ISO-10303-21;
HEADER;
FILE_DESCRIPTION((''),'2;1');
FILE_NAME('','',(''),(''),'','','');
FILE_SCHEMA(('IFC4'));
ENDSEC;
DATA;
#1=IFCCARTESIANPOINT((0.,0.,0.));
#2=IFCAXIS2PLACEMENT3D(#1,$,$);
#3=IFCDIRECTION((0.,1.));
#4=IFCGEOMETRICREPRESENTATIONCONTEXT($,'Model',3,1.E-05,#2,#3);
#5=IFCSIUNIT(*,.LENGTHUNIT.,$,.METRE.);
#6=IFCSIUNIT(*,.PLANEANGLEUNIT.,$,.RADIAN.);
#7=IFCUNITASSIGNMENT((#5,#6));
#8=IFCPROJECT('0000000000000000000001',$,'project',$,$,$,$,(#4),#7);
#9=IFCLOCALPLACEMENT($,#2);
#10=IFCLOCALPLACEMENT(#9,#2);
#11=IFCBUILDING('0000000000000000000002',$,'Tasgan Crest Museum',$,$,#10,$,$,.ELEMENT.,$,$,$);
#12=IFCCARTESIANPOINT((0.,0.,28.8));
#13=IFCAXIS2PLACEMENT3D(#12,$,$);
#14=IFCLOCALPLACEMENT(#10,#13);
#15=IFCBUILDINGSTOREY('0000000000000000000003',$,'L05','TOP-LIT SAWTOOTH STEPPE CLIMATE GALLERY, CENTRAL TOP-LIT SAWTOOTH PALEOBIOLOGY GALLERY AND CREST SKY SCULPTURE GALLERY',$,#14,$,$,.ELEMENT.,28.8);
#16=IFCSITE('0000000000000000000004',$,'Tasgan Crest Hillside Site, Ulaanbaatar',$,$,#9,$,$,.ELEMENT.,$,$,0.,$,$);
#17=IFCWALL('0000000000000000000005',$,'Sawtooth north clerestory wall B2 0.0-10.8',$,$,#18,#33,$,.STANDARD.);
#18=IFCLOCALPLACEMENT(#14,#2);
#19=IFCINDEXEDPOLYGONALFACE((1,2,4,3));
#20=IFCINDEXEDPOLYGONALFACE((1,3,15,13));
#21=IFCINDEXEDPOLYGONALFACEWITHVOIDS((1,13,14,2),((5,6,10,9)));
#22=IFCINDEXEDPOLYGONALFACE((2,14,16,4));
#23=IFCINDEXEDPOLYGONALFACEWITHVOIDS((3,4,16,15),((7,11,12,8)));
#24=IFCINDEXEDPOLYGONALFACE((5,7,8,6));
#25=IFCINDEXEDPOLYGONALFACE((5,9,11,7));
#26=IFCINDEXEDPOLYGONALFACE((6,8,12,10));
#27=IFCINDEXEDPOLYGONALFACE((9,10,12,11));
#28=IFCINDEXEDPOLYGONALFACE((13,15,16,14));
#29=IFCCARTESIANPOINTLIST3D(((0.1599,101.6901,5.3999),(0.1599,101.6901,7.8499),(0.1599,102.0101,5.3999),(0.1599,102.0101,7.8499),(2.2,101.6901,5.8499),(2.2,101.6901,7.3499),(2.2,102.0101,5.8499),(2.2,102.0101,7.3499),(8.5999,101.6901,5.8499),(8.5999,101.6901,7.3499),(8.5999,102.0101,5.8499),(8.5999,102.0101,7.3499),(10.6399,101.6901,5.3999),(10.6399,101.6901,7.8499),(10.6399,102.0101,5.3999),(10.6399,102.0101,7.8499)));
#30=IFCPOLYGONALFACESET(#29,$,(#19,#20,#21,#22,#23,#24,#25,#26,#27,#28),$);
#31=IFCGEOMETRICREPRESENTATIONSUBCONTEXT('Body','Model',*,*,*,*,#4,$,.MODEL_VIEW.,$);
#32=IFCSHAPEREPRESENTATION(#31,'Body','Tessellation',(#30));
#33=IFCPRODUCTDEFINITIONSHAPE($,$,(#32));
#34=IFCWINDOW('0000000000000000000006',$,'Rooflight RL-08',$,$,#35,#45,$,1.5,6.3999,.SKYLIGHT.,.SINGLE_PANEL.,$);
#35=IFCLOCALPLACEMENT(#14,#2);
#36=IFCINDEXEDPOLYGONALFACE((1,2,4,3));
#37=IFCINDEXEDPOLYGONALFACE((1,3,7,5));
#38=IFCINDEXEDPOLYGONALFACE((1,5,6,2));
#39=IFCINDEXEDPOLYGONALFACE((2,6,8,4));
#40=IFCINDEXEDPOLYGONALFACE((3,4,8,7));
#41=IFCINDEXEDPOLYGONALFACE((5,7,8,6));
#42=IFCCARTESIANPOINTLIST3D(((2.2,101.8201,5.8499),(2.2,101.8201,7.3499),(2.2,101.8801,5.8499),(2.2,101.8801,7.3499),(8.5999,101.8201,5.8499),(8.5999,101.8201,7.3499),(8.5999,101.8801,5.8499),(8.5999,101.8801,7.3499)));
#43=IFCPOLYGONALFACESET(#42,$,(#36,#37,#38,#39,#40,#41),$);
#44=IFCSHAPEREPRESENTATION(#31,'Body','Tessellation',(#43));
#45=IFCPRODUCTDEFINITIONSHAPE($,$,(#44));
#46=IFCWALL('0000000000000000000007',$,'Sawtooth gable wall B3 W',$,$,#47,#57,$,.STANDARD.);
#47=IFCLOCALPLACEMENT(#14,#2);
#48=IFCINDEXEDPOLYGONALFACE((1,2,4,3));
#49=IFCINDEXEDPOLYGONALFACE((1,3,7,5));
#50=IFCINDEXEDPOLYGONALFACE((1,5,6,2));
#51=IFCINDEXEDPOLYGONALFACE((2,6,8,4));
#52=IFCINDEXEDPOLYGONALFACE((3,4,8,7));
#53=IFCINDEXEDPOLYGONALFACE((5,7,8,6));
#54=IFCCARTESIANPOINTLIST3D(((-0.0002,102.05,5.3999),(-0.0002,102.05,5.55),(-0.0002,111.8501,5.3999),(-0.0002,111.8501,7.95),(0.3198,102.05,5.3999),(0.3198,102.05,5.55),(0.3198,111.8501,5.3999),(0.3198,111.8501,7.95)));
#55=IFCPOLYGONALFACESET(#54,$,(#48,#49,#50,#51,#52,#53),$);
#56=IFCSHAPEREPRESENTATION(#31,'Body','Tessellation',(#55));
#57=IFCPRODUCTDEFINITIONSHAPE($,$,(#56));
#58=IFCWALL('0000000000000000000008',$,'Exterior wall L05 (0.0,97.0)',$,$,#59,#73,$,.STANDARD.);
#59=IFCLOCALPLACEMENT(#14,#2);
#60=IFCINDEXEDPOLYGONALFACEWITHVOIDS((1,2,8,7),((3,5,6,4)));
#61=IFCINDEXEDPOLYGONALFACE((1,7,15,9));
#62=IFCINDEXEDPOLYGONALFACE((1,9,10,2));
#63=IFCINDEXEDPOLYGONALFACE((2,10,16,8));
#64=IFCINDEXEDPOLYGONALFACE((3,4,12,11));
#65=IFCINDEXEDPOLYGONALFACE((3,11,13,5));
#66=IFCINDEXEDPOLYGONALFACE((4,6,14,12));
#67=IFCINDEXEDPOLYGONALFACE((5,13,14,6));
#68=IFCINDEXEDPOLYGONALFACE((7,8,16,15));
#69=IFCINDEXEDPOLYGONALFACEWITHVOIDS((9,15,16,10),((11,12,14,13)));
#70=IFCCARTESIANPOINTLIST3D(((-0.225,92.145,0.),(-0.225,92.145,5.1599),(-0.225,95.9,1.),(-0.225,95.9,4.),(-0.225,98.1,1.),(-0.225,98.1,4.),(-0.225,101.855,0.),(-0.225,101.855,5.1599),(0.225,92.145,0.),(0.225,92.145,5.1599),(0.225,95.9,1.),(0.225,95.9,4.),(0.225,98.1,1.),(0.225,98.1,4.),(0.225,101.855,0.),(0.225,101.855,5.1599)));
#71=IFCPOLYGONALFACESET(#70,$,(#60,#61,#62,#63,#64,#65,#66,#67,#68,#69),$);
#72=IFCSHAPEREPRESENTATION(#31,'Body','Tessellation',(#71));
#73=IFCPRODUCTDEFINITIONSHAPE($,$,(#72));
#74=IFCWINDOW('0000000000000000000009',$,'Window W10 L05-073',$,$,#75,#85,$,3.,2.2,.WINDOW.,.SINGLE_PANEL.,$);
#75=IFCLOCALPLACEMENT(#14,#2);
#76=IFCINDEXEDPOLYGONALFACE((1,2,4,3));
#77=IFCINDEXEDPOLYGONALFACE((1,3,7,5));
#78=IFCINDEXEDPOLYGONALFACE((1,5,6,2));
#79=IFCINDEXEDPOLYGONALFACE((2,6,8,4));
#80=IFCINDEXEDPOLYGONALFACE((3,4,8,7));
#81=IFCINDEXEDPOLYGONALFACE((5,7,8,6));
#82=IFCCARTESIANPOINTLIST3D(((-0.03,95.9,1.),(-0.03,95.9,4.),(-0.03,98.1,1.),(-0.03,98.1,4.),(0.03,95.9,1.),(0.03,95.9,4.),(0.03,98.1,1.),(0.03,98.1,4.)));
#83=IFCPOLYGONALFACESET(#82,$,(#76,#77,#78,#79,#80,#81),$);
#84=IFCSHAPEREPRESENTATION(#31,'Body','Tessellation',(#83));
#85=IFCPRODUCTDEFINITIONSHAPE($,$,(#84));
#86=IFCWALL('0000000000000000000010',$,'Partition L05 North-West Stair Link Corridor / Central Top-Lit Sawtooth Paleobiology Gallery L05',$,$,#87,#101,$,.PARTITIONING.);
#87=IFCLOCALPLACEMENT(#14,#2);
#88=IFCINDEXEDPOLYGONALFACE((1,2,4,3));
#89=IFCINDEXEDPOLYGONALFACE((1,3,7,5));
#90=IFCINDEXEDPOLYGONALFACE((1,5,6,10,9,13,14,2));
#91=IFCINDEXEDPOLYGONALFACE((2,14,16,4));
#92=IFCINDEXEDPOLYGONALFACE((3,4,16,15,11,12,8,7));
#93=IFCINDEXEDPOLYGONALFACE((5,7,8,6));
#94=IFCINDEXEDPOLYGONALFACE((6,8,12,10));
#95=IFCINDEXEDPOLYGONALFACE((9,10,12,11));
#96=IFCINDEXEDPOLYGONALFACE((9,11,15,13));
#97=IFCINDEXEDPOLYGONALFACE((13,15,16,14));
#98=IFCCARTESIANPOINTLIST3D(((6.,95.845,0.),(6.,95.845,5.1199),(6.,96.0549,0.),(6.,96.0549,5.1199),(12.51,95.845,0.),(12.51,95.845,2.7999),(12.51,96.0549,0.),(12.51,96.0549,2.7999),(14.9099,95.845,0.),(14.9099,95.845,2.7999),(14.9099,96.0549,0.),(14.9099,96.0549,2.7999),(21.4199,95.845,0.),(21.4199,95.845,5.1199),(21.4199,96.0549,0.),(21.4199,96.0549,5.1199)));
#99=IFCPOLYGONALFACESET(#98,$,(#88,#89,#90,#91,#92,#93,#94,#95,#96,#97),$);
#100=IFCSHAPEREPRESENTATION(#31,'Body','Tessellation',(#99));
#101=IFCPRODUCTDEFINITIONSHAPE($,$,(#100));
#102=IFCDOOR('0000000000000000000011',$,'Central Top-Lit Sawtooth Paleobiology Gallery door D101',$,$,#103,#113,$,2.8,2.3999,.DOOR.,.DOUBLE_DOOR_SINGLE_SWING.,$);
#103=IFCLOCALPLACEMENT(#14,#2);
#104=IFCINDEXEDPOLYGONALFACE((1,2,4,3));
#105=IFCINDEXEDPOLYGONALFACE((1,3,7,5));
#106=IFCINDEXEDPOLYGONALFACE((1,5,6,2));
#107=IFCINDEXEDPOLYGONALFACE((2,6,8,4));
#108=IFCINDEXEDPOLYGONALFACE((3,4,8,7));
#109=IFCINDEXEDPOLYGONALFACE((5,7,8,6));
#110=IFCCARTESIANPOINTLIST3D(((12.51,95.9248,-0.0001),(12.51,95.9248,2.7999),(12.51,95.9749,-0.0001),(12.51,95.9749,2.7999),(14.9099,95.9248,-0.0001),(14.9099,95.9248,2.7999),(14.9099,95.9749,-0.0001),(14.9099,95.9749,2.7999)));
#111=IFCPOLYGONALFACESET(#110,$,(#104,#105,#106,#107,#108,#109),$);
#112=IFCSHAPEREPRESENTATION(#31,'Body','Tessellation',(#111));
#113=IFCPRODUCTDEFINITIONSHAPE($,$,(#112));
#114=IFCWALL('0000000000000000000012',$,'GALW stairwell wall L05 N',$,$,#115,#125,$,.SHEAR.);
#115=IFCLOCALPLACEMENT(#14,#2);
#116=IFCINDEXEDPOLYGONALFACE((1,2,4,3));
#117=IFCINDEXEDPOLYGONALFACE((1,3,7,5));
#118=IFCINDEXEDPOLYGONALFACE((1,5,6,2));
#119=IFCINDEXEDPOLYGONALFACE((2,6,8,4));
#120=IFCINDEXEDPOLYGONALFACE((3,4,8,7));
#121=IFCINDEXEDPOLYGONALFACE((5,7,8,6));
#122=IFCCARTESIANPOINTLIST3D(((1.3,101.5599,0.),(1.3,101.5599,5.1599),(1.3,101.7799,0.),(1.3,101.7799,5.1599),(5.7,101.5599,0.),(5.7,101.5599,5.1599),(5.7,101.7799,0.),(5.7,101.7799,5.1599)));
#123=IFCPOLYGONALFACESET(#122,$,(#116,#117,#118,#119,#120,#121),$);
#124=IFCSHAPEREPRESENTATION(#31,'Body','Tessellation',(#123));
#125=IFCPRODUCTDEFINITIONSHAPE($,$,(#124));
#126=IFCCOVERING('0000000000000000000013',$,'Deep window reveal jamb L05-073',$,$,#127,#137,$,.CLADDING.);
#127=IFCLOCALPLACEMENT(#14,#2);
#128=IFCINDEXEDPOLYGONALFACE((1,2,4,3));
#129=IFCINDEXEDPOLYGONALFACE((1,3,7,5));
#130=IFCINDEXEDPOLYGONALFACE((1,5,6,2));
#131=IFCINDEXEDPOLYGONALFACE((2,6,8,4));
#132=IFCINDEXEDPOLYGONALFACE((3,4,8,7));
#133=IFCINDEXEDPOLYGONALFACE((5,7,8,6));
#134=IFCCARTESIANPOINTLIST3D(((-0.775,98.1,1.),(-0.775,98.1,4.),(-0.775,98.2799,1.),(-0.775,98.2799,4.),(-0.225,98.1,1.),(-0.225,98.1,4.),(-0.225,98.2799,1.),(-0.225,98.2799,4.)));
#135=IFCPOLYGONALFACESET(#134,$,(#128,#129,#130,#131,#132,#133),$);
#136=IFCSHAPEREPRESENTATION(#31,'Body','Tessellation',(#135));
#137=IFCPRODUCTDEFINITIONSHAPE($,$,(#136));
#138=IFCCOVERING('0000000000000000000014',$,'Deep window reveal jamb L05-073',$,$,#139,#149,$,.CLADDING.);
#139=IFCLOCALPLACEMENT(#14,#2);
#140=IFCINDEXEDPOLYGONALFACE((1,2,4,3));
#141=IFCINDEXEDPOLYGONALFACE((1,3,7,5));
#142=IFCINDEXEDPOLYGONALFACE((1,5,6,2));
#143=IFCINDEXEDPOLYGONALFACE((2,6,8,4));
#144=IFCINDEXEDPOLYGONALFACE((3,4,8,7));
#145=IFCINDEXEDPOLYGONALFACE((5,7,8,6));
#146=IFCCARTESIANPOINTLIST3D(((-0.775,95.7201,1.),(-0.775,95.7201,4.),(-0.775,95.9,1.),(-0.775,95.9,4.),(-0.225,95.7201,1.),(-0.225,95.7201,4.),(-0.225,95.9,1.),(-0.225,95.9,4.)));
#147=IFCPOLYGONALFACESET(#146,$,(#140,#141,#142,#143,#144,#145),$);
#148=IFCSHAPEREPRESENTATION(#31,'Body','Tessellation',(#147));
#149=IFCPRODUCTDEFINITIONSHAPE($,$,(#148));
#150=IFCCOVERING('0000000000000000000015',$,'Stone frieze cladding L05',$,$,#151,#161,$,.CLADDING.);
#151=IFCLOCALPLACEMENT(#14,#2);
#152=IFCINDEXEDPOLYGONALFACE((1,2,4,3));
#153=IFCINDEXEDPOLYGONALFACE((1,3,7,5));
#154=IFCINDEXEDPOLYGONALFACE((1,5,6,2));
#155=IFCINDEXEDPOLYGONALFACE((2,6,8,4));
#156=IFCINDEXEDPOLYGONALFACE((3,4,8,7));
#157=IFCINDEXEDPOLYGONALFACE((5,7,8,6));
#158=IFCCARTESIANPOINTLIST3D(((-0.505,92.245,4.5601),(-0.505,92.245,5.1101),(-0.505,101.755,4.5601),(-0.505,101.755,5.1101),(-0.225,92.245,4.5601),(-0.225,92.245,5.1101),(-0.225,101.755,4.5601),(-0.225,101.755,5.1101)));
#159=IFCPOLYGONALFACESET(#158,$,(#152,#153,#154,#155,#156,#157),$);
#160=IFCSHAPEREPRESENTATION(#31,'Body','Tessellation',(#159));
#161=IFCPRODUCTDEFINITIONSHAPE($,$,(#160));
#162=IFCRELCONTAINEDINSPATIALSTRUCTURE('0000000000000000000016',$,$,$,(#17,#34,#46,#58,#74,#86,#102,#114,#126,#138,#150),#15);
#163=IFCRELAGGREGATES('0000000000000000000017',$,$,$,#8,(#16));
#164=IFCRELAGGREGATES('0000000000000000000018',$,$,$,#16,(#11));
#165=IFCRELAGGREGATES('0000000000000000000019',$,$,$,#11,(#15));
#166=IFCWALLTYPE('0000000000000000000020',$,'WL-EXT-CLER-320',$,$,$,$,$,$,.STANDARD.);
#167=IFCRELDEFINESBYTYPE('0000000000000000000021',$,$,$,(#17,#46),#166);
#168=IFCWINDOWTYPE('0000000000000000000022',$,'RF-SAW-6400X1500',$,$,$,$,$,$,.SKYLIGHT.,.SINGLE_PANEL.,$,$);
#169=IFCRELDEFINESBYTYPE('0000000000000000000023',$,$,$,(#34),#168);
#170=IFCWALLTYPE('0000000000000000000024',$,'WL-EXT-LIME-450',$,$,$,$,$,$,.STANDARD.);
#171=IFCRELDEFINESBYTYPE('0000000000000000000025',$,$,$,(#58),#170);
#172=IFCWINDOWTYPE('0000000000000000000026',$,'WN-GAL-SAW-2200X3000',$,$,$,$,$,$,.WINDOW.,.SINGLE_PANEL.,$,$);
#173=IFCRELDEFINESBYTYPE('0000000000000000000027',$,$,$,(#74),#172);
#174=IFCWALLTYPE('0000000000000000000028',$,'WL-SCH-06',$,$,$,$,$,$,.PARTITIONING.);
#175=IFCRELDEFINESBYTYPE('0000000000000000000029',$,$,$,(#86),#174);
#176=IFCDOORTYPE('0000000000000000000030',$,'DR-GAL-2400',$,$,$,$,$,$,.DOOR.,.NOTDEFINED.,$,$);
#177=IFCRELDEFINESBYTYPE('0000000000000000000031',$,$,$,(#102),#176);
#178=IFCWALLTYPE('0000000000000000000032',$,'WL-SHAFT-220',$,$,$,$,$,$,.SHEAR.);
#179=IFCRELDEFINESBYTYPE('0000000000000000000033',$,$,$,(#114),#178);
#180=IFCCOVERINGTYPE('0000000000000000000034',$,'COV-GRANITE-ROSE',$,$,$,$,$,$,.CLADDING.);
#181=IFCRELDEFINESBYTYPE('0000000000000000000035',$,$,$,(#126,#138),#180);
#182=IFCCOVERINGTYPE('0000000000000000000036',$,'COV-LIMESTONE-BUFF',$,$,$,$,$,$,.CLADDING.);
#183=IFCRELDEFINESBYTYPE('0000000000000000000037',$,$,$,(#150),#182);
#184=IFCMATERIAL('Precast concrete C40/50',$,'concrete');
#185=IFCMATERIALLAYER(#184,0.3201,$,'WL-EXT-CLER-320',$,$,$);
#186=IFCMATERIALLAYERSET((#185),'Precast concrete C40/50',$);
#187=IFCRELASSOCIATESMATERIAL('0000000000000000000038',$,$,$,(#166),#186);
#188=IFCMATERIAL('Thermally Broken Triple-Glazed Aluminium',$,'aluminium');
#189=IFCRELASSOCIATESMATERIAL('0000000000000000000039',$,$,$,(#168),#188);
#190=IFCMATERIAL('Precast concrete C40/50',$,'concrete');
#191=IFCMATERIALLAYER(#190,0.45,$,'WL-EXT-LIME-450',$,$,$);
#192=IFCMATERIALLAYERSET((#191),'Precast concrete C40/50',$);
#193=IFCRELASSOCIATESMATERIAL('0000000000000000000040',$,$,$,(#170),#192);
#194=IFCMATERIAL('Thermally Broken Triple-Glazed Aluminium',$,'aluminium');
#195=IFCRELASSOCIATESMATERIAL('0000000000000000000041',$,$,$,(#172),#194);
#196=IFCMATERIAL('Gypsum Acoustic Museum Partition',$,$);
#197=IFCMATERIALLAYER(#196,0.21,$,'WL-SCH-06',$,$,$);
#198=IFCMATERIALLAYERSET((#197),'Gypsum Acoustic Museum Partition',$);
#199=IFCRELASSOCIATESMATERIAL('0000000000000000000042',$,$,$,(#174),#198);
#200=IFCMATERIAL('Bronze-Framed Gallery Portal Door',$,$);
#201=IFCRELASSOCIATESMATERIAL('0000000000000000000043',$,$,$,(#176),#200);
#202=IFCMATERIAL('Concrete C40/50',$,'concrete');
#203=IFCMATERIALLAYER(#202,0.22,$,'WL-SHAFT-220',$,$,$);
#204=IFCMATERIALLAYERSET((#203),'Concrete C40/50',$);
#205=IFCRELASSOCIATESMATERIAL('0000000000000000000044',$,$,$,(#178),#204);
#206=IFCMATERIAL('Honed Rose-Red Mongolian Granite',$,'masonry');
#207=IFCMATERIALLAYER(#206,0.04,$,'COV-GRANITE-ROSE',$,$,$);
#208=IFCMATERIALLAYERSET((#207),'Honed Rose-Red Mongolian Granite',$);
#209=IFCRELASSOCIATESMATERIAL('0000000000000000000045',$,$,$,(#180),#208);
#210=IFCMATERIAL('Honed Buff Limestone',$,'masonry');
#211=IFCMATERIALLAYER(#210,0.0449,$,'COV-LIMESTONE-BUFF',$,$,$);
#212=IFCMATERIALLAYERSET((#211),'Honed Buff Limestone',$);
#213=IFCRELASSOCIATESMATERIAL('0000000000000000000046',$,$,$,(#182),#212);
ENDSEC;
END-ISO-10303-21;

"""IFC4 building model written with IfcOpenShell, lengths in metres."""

from ifc_helpers import new_model, si_unit, direction, frame, frame_2d, origin, origin_2d, place, context, subcontext, project, spatial, polyline, rectangle, outline, extrude, material, layer, layer_set, type_object, element, fill, save


model = new_model("IFC4")

# Units and contexts
model_context = context("Model", 3, precision=1e-05, world=origin(), true_north=direction((0.0, 1.0)))
body_context = subcontext(model_context, "Body", "Model", "MODEL_VIEW")
ifc_project = project(units=[si_unit("LENGTHUNIT", "METRE"), si_unit("PLANEANGLEUNIT", "RADIAN")], contexts=[model_context])

# Site, building, storey
site_placement = place(None, origin())
site = spatial("IfcSite", under=ifc_project, at=site_placement, Name="Tasgan Crest Hillside Site, Ulaanbaatar", CompositionType="ELEMENT", RefElevation=0.0)
building_placement = place(site_placement, origin())
building = spatial("IfcBuilding", under=site, at=building_placement, Name="Tasgan Crest Museum", CompositionType="ELEMENT")
storey_placement = place(building_placement, frame((0.0, 0.0, 28.8)))
storey = spatial("IfcBuildingStorey", under=building, at=storey_placement, Name="L05", Description="TOP-LIT SAWTOOTH STEPPE CLIMATE GALLERY, CENTRAL TOP-LIT SAWTOOTH PALEOBIOLOGY GALLERY AND CREST SKY SCULPTURE GALLERY", CompositionType="ELEMENT", Elevation=28.8)

# Wall, opening, window
ifc_material_1 = material(Name="Precast concrete C40/50", Category="concrete")
ifc_layer_1 = layer(ifc_material_1, 0.3201, Name="WL-EXT-CLER-320")
ifc_layer_set_1 = layer_set([ifc_layer_1], Name="Precast concrete C40/50")
wall_type_1 = type_object("IfcWallType", Name="WL-EXT-CLER-320", PredefinedType="STANDARD", material=ifc_layer_set_1)
wall_1_placement = place(storey_placement, frame((0.1599, 101.8501, 5.3999), z_axis=(0.0, 0.0, 1.0), x_axis=(1.0, 0.0, 0.0)))
wall_1 = element("IfcWall", 1, at=wall_1_placement, inside=storey, type_object=wall_type_1, Name="Sawtooth north clerestory wall B2 0.0-10.8", PredefinedType="STANDARD", context=body_context, shape_type="SweptSolid", body=[
    extrude(rectangle(XDim=10.48, YDim=0.3201, at=frame_2d((5.24, 0.0))), origin(), (0.0, 0.0, 1.0), 2.45),
])
opening_1_placement = place(wall_1_placement, frame((2.04, 0.0, 0.45)))
opening_1 = element("IfcOpeningElement", 2, at=opening_1_placement, cuts=wall_1, PredefinedType="OPENING", context=body_context, shape_type="SweptSolid", body=[
    extrude(rectangle(XDim=6.3999, YDim=1.5, at=frame_2d((3.2, 0.75))), frame((0.0, 0.1699, 0.0), z_axis=(0.0, -1.0, 0.0), x_axis=(1.0, 0.0, 0.0)), (0.0, 0.0, 1.0), 0.3401),
])
ifc_material_2 = material(Name="Thermally Broken Triple-Glazed Aluminium", Category="aluminium")
window_type_1 = type_object("IfcWindowType", Name="RF-SAW-6400X1500", PartitioningType="SINGLE_PANEL", PredefinedType="SKYLIGHT", material=ifc_material_2)
window_1_placement = place(opening_1_placement, origin())
window_1 = element("IfcWindow", 3, at=window_1_placement, inside=storey, type_object=window_type_1, Name="Rooflight RL-08", OverallHeight=1.5, OverallWidth=6.3999, PartitioningType="SINGLE_PANEL", PredefinedType="SKYLIGHT", context=body_context, shape_type="SweptSolid", body=[
    extrude(rectangle(XDim=6.3999, YDim=1.5, at=frame_2d((3.2, 0.75))), frame((0.0, 0.03, 0.0), z_axis=(0.0, -1.0, 0.0), x_axis=(1.0, 0.0, 0.0)), (0.0, 0.0, 1.0), 0.0601),
])
fill(opening_1, window_1)

# Wall
wall_2_placement = place(storey_placement, frame((0.1599, 102.05, 5.3999), z_axis=(0.0, 0.0, 1.0), x_axis=(0.0, 1.0, 0.0)))
element("IfcWall", 4, at=wall_2_placement, inside=storey, type_object=wall_type_1, Name="Sawtooth gable wall B3 W", PredefinedType="STANDARD", context=body_context, shape_type="SweptSolid", body=[
    extrude(outline(polyline([(0.0, 0.0), (9.8, 0.0), (9.8, 2.55), (0.0, 0.1501), (0.0, 0.0)])), frame((0.0, 0.1602, 0.0), z_axis=(0.0, -1.0, 0.0), x_axis=(1.0, 0.0, 0.0)), (0.0, 0.0, 1.0), 0.3201),
])

# Wall, opening, window
ifc_material_3 = material(Name="Precast concrete C40/50", Category="concrete")
ifc_layer_2 = layer(ifc_material_3, 0.45, Name="WL-EXT-LIME-450")
ifc_layer_set_2 = layer_set([ifc_layer_2], Name="Precast concrete C40/50")
wall_type_2 = type_object("IfcWallType", Name="WL-EXT-LIME-450", PredefinedType="STANDARD", material=ifc_layer_set_2)
wall_3_placement = place(storey_placement, frame((0.0, 101.855, 0.0), z_axis=(0.0, 0.0, 1.0), x_axis=(0.0, -1.0, 0.0)))
wall_3 = element("IfcWall", 5, at=wall_3_placement, inside=storey, type_object=wall_type_2, Name="Exterior wall L05 (0.0,97.0)", PredefinedType="STANDARD", context=body_context, shape_type="SweptSolid", body=[
    extrude(rectangle(XDim=9.71, YDim=0.45, at=frame_2d((4.855, 0.0))), origin(), (0.0, 0.0, 1.0), 5.1599),
])
opening_2_placement = place(wall_3_placement, frame((3.7549, 0.0, 1.0)))
opening_2 = element("IfcOpeningElement", 6, at=opening_2_placement, cuts=wall_3, PredefinedType="OPENING", context=body_context, shape_type="SweptSolid", body=[
    extrude(rectangle(XDim=2.2, YDim=3.0, at=frame_2d((1.1001, 1.5))), frame((0.0, 0.2349, 0.0), z_axis=(0.0, -1.0, 0.0), x_axis=(1.0, 0.0, 0.0)), (0.0, 0.0, 1.0), 0.47),
])
ifc_material_4 = material(Name="Thermally Broken Triple-Glazed Aluminium", Category="aluminium")
window_type_2 = type_object("IfcWindowType", Name="WN-GAL-SAW-2200X3000", PartitioningType="SINGLE_PANEL", PredefinedType="WINDOW", material=ifc_material_4)
window_2_placement = place(opening_2_placement, origin())
window_2 = element("IfcWindow", 7, at=window_2_placement, inside=storey, type_object=window_type_2, Name="Window W10 L05-073", OverallHeight=3.0, OverallWidth=2.2, PartitioningType="SINGLE_PANEL", PredefinedType="WINDOW", context=body_context, shape_type="SweptSolid", body=[
    extrude(rectangle(XDim=2.2, YDim=3.0, at=frame_2d((1.1001, 1.5))), frame((0.0, 0.03, 0.0), z_axis=(0.0, -1.0, 0.0), x_axis=(1.0, 0.0, 0.0)), (0.0, 0.0, 1.0), 0.0601),
])
fill(opening_2, window_2)

# Wall, opening, door
ifc_material_5 = material(Name="Gypsum Acoustic Museum Partition")
ifc_layer_3 = layer(ifc_material_5, 0.21, Name="WL-SCH-06")
ifc_layer_set_3 = layer_set([ifc_layer_3], Name="Gypsum Acoustic Museum Partition")
wall_type_3 = type_object("IfcWallType", Name="WL-SCH-06", PredefinedType="PARTITIONING", material=ifc_layer_set_3)
wall_4_placement = place(storey_placement, frame((6.0, 95.95, 0.0), z_axis=(0.0, 0.0, 1.0), x_axis=(1.0, 0.0, 0.0)))
wall_4 = element("IfcWall", 8, at=wall_4_placement, inside=storey, type_object=wall_type_3, Name="Partition L05 North-West Stair Link Corridor / Central Top-Lit Sawtooth Paleobiology Gallery L05", PredefinedType="PARTITIONING", context=body_context, shape_type="SweptSolid", body=[
    extrude(rectangle(XDim=15.4199, YDim=0.21, at=frame_2d((7.71, 0.0))), origin(), (0.0, 0.0, 1.0), 5.1199),
])
opening_3_placement = place(wall_4_placement, frame((6.51, 0.0, 0.0)))
opening_3 = element("IfcOpeningElement", 9, at=opening_3_placement, cuts=wall_4, PredefinedType="OPENING", context=body_context, shape_type="SweptSolid", body=[
    extrude(rectangle(XDim=2.3999, YDim=2.8, at=frame_2d((1.2, 1.3999))), frame((0.0, 0.115, 0.0), z_axis=(0.0, -1.0, 0.0), x_axis=(1.0, 0.0, 0.0)), (0.0, 0.0, 1.0), 0.23),
])
ifc_material_6 = material(Name="Bronze-Framed Gallery Portal Door")
door_type = type_object("IfcDoorType", Name="DR-GAL-2400", OperationType="NOTDEFINED", PredefinedType="DOOR", material=ifc_material_6)
door_placement = place(opening_3_placement, origin())
door = element("IfcDoor", 10, at=door_placement, inside=storey, type_object=door_type, Name="Central Top-Lit Sawtooth Paleobiology Gallery door D101", OperationType="DOUBLE_DOOR_SINGLE_SWING", OverallHeight=2.8, OverallWidth=2.3999, PredefinedType="DOOR", context=body_context, shape_type="SweptSolid", body=[
    extrude(rectangle(XDim=2.3999, YDim=2.8, at=frame_2d((1.2, 1.3999))), frame((0.0, 0.0249, 0.0), z_axis=(0.0, -1.0, 0.0), x_axis=(1.0, 0.0, 0.0)), (0.0, 0.0, 1.0), 0.05),
])
fill(opening_3, door)

# Wall
ifc_material_7 = material(Name="Concrete C40/50", Category="concrete")
ifc_layer_4 = layer(ifc_material_7, 0.22, Name="WL-SHAFT-220")
ifc_layer_set_4 = layer_set([ifc_layer_4], Name="Concrete C40/50")
wall_type_4 = type_object("IfcWallType", Name="WL-SHAFT-220", PredefinedType="SHEAR", material=ifc_layer_set_4)
wall_5_placement = place(storey_placement, frame((1.3, 101.6699, 0.0), z_axis=(0.0, 0.0, 1.0), x_axis=(1.0, 0.0, 0.0)))
element("IfcWall", 11, at=wall_5_placement, inside=storey, type_object=wall_type_4, Name="GALW stairwell wall L05 N", PredefinedType="SHEAR", context=body_context, shape_type="SweptSolid", body=[
    extrude(rectangle(XDim=4.3999, YDim=0.22, at=frame_2d((2.2, 0.0))), origin(), (0.0, 0.0, 1.0), 5.1599),
])

# Coverings
ifc_material_8 = material(Name="Honed Rose-Red Mongolian Granite", Category="masonry")
ifc_layer_5 = layer(ifc_material_8, 0.04, Name="COV-GRANITE-ROSE")
ifc_layer_set_5 = layer_set([ifc_layer_5], Name="Honed Rose-Red Mongolian Granite")
covering_type_1 = type_object("IfcCoveringType", Name="COV-GRANITE-ROSE", PredefinedType="CLADDING", material=ifc_layer_set_5)
for number, where, z_axis, x_axis, name in (
    (12, (-0.5, 98.1899, 1.0), (0.0, 0.0, 1.0), (0.0, -1.0, 0.0), "Deep window reveal jamb L05-073"),
    (13, (-0.5, 95.8101, 1.0), (0.0, 0.0, 1.0), (0.0, -1.0, 0.0), "Deep window reveal jamb L05-073"),
):
    element("IfcCovering", number, at=place(storey_placement, frame(where, z_axis=z_axis, x_axis=x_axis)), inside=storey, type_object=covering_type_1, Name=name, PredefinedType="CLADDING", context=body_context, shape_type="SweptSolid", body=[
        extrude(rectangle(XDim=0.1799, YDim=0.55, at=origin_2d()), origin(), (0.0, 0.0, 1.0), 3.0),
    ])
ifc_material_9 = material(Name="Honed Buff Limestone", Category="masonry")
ifc_layer_6 = layer(ifc_material_9, 0.0449, Name="COV-LIMESTONE-BUFF")
ifc_layer_set_6 = layer_set([ifc_layer_6], Name="Honed Buff Limestone")
covering_type_2 = type_object("IfcCoveringType", Name="COV-LIMESTONE-BUFF", PredefinedType="CLADDING", material=ifc_layer_set_6)
covering_1_placement = place(storey_placement, frame((-0.365, 97.0, 4.5601), z_axis=(0.0, 0.0, 1.0), x_axis=(0.0, -1.0, 0.0)))
element("IfcCovering", 14, at=covering_1_placement, inside=storey, type_object=covering_type_2, Name="Stone frieze cladding L05", PredefinedType="CLADDING", context=body_context, shape_type="SweptSolid", body=[
    extrude(rectangle(XDim=9.51, YDim=0.28, at=origin_2d()), origin(), (0.0, 0.0, 1.0), 0.55),
])

save(model, "model.ifc")
